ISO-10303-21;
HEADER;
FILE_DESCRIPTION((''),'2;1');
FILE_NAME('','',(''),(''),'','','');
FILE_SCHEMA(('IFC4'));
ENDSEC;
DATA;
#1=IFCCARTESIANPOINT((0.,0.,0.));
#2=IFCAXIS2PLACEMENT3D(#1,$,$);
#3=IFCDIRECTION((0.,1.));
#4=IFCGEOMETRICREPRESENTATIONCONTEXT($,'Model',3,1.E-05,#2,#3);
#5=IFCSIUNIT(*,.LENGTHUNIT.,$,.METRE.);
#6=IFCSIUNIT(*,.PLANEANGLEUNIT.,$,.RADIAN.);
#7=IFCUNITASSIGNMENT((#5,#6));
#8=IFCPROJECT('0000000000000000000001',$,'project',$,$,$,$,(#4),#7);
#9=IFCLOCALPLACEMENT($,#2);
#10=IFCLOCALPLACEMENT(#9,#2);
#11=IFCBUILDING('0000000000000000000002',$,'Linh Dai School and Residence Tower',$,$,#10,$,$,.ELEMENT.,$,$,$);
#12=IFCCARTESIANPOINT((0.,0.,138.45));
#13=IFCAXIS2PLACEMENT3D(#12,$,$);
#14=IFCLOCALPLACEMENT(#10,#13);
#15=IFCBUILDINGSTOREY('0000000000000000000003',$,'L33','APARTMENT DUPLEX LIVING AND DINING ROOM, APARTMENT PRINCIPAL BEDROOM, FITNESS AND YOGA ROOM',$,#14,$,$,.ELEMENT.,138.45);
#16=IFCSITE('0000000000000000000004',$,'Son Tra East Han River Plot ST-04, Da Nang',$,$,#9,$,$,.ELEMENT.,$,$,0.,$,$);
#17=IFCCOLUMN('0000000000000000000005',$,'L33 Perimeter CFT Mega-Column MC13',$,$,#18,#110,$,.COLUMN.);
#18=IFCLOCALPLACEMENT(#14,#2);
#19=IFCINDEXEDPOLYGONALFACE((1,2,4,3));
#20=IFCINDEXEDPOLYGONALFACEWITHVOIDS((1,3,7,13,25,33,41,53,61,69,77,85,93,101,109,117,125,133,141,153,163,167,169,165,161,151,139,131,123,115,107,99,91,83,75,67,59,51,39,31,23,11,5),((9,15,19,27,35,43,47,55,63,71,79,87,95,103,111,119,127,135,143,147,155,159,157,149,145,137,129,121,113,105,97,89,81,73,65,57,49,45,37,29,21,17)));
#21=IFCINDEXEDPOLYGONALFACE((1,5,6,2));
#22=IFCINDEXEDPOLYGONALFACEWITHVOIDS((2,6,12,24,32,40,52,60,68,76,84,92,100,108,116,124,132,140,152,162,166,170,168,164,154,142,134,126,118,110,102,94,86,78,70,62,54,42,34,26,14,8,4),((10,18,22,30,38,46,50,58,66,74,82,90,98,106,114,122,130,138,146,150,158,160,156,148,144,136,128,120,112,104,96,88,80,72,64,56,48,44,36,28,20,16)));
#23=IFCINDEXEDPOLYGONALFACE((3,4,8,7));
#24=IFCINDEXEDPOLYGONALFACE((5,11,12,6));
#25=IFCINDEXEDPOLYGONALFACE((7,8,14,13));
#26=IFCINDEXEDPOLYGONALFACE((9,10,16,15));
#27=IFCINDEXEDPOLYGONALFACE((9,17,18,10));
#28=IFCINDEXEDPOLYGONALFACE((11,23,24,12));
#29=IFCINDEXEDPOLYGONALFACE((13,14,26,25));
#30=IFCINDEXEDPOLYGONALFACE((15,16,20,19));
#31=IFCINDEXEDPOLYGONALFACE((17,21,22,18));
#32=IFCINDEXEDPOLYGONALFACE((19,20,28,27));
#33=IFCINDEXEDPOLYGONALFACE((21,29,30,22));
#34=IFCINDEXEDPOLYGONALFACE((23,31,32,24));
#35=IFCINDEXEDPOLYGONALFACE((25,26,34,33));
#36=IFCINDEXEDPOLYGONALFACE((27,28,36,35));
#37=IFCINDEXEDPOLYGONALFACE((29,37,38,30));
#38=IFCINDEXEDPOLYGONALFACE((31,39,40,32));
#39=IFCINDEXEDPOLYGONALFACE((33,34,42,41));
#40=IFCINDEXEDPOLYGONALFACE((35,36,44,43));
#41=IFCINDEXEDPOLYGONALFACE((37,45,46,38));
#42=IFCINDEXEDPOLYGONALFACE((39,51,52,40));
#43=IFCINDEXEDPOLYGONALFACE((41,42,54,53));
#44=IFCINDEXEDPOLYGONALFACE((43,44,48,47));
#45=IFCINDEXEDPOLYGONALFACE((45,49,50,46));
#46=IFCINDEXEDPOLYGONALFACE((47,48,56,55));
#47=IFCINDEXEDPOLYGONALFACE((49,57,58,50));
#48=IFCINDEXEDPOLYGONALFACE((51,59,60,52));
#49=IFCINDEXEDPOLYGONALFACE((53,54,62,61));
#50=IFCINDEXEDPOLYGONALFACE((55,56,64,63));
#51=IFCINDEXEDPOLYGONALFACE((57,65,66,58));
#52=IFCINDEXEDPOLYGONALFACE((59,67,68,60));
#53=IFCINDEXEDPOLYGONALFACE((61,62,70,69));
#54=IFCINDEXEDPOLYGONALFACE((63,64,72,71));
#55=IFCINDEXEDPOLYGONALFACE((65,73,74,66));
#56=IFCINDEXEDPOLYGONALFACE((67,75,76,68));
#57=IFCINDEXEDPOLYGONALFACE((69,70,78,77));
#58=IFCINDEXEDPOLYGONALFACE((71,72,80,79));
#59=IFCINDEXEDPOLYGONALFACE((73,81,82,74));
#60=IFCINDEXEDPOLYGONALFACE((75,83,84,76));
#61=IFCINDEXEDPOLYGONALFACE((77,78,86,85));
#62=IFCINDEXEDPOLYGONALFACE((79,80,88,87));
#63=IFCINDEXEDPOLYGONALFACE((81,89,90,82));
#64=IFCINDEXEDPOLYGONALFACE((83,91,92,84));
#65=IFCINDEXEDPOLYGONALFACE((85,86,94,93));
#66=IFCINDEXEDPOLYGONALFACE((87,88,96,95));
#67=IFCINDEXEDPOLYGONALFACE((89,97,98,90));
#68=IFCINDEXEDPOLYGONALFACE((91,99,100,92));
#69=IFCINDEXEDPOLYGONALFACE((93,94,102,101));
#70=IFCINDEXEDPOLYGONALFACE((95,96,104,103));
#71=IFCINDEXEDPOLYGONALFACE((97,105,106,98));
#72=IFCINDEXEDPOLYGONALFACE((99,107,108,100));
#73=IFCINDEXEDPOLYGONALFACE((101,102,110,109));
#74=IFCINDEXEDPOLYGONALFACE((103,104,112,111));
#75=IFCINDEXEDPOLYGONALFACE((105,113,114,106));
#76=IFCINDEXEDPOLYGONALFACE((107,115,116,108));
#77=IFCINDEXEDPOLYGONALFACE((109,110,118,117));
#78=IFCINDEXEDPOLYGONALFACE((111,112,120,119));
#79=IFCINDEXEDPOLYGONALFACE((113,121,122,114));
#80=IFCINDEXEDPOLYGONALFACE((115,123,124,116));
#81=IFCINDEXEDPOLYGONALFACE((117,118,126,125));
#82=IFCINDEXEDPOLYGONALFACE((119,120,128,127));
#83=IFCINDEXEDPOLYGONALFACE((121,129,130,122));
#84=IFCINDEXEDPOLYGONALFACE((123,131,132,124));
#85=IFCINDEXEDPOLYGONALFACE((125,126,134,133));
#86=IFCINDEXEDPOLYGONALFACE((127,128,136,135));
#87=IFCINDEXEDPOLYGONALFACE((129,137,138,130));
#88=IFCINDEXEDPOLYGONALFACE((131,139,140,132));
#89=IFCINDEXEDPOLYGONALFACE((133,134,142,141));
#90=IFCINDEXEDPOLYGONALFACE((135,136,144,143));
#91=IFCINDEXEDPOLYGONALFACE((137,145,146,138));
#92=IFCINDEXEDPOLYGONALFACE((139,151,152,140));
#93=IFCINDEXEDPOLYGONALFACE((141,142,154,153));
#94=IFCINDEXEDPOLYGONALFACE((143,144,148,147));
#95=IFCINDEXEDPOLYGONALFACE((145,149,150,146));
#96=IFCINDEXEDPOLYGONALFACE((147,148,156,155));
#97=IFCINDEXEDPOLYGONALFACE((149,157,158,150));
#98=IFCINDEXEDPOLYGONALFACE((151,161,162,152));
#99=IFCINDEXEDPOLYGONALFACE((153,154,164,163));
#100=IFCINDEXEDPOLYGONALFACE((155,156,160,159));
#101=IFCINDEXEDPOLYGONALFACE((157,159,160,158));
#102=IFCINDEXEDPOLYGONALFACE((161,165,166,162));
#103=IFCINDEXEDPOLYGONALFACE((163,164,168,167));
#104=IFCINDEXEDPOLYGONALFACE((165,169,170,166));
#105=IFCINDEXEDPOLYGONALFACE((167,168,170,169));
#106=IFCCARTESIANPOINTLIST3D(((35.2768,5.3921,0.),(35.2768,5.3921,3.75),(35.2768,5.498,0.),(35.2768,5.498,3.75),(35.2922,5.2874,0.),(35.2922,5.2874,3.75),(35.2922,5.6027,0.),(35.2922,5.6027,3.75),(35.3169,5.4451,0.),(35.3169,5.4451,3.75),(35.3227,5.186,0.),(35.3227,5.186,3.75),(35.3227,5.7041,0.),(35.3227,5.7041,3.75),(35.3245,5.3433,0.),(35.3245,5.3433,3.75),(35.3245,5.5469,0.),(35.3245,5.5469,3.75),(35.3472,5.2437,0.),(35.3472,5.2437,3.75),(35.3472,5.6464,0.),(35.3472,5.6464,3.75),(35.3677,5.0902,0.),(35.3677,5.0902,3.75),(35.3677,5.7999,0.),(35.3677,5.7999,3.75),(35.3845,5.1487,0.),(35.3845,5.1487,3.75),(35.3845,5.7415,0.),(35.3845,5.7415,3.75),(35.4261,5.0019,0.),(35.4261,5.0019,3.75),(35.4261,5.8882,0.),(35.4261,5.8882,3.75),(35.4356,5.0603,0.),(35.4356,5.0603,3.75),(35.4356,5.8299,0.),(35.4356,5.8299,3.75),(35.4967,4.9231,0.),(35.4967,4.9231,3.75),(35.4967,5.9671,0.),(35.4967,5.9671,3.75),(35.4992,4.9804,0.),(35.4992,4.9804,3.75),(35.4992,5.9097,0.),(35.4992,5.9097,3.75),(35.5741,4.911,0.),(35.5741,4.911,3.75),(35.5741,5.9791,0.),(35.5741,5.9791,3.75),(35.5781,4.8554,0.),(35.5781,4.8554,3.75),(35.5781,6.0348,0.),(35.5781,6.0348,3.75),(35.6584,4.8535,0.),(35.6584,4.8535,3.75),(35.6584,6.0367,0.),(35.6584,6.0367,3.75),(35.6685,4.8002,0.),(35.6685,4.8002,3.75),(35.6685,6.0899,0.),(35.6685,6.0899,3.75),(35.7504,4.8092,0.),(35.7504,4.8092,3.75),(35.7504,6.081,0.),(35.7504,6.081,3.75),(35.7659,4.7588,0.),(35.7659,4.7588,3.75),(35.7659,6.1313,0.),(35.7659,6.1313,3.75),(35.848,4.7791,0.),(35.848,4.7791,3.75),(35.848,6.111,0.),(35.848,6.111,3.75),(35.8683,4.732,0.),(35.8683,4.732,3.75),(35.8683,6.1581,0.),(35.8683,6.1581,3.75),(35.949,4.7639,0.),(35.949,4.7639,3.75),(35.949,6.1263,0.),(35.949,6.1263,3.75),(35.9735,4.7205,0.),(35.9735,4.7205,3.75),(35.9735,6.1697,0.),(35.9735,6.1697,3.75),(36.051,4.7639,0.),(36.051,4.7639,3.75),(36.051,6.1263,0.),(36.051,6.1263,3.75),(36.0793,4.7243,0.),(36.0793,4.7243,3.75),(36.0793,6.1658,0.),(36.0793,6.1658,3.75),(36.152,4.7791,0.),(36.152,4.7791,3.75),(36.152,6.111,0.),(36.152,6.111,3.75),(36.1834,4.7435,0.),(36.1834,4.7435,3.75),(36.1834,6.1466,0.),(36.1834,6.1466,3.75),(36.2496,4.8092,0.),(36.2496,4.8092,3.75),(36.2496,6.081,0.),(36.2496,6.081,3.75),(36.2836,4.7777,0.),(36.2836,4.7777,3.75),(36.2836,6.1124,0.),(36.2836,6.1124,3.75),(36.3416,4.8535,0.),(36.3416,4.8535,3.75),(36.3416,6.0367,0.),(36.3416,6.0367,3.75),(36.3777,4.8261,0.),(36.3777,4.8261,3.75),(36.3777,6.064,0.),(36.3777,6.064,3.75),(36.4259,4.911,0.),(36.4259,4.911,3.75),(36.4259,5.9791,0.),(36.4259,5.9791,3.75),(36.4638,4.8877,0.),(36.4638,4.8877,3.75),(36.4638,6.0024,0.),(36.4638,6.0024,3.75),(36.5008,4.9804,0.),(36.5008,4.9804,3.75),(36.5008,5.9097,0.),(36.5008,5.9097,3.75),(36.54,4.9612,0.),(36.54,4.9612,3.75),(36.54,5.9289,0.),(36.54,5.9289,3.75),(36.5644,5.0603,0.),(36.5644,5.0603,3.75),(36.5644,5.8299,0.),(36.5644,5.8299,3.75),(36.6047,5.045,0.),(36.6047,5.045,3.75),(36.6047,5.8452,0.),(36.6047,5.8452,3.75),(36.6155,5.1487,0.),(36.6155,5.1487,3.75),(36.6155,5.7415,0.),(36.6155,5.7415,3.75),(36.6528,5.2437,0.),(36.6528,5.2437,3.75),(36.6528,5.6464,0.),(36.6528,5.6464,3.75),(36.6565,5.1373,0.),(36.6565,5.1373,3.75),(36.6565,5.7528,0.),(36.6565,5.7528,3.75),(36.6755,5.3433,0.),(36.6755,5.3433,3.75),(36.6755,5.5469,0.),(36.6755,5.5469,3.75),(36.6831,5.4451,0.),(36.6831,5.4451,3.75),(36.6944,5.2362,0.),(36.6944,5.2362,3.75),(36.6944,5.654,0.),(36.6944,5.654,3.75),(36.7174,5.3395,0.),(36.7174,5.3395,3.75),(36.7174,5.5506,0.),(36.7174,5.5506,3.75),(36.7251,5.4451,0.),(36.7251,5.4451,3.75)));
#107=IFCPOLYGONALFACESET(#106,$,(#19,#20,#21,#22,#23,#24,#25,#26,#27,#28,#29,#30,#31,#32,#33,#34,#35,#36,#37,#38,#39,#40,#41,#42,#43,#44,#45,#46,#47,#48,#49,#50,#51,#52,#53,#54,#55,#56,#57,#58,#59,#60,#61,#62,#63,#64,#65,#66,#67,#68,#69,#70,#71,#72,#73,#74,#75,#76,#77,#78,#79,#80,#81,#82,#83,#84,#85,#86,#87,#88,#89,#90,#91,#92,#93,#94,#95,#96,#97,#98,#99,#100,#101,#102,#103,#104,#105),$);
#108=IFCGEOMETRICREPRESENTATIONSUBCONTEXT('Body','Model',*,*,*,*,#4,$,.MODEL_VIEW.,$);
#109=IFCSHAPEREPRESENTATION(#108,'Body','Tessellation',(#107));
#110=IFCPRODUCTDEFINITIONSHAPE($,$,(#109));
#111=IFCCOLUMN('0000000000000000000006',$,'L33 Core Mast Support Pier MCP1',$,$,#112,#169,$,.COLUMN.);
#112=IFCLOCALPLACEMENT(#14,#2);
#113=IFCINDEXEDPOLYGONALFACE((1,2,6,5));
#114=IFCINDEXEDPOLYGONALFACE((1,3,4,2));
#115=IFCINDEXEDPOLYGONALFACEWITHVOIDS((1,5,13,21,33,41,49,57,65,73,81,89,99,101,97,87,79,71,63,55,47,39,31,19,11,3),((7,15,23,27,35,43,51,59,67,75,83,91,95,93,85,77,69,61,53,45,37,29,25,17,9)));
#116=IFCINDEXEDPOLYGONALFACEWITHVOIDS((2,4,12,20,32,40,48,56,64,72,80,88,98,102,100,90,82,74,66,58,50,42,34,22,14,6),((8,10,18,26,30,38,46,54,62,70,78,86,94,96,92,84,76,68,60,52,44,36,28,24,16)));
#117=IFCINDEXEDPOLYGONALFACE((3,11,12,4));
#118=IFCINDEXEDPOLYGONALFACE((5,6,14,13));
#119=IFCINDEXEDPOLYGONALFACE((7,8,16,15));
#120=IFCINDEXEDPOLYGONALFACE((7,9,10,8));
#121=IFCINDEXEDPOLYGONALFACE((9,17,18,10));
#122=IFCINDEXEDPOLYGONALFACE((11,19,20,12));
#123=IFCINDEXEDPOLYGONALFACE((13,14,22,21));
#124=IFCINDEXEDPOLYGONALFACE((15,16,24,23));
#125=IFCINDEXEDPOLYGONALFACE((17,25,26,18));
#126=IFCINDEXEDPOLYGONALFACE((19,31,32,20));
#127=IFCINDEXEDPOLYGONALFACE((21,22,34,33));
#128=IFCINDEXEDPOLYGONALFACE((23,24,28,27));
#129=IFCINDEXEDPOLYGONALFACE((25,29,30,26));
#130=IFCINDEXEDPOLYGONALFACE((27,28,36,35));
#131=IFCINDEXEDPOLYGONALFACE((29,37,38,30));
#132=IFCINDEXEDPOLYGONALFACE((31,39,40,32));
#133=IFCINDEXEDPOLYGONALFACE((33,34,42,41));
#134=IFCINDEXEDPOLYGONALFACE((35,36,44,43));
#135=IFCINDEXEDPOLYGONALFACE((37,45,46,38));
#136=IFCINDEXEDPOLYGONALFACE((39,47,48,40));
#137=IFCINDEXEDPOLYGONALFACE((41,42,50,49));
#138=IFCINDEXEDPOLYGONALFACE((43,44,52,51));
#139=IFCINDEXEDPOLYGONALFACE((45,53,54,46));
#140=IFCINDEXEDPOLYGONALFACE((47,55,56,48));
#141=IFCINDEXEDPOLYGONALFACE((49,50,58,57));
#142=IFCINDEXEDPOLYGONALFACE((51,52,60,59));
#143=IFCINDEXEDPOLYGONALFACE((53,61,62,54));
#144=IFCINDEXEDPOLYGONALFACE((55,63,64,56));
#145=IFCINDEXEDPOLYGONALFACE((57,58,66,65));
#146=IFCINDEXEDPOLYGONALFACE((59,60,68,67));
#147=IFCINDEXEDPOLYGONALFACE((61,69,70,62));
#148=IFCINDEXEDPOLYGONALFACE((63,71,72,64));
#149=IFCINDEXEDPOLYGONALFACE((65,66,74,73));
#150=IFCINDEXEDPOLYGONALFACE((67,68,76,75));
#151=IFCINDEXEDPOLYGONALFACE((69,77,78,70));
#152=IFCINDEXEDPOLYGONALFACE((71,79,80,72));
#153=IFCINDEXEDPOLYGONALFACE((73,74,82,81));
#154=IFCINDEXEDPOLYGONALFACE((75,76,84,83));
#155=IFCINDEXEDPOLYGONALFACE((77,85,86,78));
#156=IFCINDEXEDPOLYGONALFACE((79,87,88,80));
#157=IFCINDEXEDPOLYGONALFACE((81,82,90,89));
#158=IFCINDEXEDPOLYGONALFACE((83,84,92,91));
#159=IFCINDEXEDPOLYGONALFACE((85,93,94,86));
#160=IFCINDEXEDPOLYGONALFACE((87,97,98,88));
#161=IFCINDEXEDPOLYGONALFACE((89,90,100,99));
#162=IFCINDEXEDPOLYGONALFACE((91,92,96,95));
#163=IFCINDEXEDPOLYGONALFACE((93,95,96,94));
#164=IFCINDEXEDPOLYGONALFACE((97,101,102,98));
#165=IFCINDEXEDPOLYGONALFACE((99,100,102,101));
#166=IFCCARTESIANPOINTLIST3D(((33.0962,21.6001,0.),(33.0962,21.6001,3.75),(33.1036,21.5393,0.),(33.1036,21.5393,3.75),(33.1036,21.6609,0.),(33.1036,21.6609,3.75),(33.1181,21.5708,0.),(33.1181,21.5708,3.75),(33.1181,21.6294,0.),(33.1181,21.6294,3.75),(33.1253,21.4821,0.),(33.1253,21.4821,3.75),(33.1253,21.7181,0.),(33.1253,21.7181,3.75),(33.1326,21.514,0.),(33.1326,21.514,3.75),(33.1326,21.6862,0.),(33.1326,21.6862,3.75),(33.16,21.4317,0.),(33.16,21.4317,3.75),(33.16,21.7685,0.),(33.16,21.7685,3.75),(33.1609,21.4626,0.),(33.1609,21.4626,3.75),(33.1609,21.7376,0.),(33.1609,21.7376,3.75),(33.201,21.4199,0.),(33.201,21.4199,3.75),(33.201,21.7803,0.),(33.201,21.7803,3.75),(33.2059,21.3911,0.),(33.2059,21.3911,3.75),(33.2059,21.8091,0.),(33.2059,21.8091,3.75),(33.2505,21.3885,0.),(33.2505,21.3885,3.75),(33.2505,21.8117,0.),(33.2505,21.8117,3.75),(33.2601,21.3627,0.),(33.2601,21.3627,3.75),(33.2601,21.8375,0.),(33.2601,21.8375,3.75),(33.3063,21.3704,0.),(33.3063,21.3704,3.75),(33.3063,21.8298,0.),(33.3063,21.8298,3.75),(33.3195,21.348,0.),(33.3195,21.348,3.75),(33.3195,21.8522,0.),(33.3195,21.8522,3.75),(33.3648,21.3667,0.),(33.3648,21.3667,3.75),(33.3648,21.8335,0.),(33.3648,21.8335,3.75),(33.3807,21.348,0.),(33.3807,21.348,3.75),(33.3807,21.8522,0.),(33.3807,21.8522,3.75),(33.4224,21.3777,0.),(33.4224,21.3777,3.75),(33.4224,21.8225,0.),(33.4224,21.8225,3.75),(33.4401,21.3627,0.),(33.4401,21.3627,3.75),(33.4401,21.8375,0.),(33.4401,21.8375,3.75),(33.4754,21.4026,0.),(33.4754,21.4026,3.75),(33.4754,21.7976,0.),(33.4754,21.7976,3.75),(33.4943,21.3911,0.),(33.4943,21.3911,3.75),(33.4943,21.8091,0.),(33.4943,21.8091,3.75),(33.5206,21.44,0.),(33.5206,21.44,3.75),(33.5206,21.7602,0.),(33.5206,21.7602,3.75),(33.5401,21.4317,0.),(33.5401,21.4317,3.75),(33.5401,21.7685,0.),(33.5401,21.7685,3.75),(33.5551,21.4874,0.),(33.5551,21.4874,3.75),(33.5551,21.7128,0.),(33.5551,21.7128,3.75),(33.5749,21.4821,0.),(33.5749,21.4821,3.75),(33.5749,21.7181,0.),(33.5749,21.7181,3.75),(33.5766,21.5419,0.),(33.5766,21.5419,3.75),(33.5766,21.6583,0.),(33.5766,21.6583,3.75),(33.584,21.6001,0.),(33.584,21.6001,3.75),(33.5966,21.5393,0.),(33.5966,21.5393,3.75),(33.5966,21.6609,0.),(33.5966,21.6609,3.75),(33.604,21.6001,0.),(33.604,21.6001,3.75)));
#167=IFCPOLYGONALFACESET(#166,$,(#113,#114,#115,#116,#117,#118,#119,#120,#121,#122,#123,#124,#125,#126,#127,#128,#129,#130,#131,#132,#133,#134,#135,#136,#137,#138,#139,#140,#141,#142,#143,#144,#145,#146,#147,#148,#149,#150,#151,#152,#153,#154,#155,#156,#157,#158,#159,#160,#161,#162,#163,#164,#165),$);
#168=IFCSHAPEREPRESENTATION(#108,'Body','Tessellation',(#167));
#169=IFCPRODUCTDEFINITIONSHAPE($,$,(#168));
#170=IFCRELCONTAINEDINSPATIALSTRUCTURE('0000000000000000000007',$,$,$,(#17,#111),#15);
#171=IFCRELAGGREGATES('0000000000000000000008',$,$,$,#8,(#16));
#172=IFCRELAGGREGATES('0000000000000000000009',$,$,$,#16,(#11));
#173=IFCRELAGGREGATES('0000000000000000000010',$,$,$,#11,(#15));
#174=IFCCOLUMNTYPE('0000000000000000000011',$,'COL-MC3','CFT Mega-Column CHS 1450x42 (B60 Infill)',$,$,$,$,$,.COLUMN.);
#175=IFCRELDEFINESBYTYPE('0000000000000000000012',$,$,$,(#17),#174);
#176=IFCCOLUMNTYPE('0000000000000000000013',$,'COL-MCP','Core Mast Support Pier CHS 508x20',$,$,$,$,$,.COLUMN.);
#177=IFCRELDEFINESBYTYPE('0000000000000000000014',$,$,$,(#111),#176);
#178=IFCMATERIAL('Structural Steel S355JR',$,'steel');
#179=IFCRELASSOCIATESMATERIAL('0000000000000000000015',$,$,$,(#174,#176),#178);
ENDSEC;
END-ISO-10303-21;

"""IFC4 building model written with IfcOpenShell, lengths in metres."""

from ifc_helpers import new_model, si_unit, direction, frame, origin, origin_2d, place, context, subcontext, project, spatial, hollow_circle, extrude, material, material_profile, profile_set, type_object, element, save


model = new_model("IFC4")

# Units and contexts
model_context = context("Model", 3, precision=1e-05, world=origin(), true_north=direction((0.0, 1.0)))
body_context = subcontext(model_context, "Body", "Model", "MODEL_VIEW")
ifc_project = project(units=[si_unit("LENGTHUNIT", "METRE"), si_unit("PLANEANGLEUNIT", "RADIAN")], contexts=[model_context])

# Site, building, storey
site_placement = place(None, origin())
site = spatial("IfcSite", under=ifc_project, at=site_placement, Name="Son Tra East Han River Plot ST-04, Da Nang", CompositionType="ELEMENT", RefElevation=0.0)
building_placement = place(site_placement, origin())
building = spatial("IfcBuilding", under=site, at=building_placement, Name="Linh Dai School and Residence Tower", CompositionType="ELEMENT")
storey_placement = place(building_placement, frame((0.0, 0.0, 138.45)))
storey = spatial("IfcBuildingStorey", under=building, at=storey_placement, Name="L33", Description="APARTMENT DUPLEX LIVING AND DINING ROOM, APARTMENT PRINCIPAL BEDROOM, FITNESS AND YOGA ROOM", CompositionType="ELEMENT", Elevation=138.45)

# Columns
ifc_material_1 = material(Name="Structural Steel S355JR", Category="steel")
ifc_material_profile_1 = material_profile(ifc_material_1, hollow_circle(Radius=0.7251, WallThickness=0.042, at=origin_2d()), Name="CHS 1450x42")
ifc_profile_set_1 = profile_set([ifc_material_profile_1], Name="Structural Steel S355JR")
column_type_1 = type_object("IfcColumnType", Name="COL-MC3", Description="CFT Mega-Column CHS 1450x42 (B60 Infill)", PredefinedType="COLUMN", material=ifc_profile_set_1)
column_1_placement = place(storey_placement, frame((36.0, 5.4451, 0.0), z_axis=(0.0, 0.0, 1.0), x_axis=(1.0, 0.0, 0.0)))
element("IfcColumn", 1, at=column_1_placement, inside=storey, type_object=column_type_1, Name="L33 Perimeter CFT Mega-Column MC13", PredefinedType="COLUMN", context=body_context, shape_type="SweptSolid", body=[
    extrude(hollow_circle(Radius=0.7251, WallThickness=0.042, at=origin_2d()), origin(), (0.0, 0.0, 1.0), 3.75),
])
ifc_material_profile_2 = material_profile(ifc_material_1, hollow_circle(Radius=0.2539, WallThickness=0.02, at=origin_2d()), Name="CHS 508x20")
ifc_profile_set_2 = profile_set([ifc_material_profile_2], Name="Structural Steel S355JR")
column_type_2 = type_object("IfcColumnType", Name="COL-MCP", Description="Core Mast Support Pier CHS 508x20", PredefinedType="COLUMN", material=ifc_profile_set_2)
column_2_placement = place(storey_placement, frame((33.3501, 21.6001, 0.0), z_axis=(0.0, 0.0, 1.0), x_axis=(1.0, 0.0, 0.0)))
element("IfcColumn", 2, at=column_2_placement, inside=storey, type_object=column_type_2, Name="L33 Core Mast Support Pier MCP1", PredefinedType="COLUMN", context=body_context, shape_type="SweptSolid", body=[
    extrude(hollow_circle(Radius=0.2539, WallThickness=0.02, at=origin_2d()), origin(), (0.0, 0.0, 1.0), 3.75),
])

save(model, "model.ifc")
